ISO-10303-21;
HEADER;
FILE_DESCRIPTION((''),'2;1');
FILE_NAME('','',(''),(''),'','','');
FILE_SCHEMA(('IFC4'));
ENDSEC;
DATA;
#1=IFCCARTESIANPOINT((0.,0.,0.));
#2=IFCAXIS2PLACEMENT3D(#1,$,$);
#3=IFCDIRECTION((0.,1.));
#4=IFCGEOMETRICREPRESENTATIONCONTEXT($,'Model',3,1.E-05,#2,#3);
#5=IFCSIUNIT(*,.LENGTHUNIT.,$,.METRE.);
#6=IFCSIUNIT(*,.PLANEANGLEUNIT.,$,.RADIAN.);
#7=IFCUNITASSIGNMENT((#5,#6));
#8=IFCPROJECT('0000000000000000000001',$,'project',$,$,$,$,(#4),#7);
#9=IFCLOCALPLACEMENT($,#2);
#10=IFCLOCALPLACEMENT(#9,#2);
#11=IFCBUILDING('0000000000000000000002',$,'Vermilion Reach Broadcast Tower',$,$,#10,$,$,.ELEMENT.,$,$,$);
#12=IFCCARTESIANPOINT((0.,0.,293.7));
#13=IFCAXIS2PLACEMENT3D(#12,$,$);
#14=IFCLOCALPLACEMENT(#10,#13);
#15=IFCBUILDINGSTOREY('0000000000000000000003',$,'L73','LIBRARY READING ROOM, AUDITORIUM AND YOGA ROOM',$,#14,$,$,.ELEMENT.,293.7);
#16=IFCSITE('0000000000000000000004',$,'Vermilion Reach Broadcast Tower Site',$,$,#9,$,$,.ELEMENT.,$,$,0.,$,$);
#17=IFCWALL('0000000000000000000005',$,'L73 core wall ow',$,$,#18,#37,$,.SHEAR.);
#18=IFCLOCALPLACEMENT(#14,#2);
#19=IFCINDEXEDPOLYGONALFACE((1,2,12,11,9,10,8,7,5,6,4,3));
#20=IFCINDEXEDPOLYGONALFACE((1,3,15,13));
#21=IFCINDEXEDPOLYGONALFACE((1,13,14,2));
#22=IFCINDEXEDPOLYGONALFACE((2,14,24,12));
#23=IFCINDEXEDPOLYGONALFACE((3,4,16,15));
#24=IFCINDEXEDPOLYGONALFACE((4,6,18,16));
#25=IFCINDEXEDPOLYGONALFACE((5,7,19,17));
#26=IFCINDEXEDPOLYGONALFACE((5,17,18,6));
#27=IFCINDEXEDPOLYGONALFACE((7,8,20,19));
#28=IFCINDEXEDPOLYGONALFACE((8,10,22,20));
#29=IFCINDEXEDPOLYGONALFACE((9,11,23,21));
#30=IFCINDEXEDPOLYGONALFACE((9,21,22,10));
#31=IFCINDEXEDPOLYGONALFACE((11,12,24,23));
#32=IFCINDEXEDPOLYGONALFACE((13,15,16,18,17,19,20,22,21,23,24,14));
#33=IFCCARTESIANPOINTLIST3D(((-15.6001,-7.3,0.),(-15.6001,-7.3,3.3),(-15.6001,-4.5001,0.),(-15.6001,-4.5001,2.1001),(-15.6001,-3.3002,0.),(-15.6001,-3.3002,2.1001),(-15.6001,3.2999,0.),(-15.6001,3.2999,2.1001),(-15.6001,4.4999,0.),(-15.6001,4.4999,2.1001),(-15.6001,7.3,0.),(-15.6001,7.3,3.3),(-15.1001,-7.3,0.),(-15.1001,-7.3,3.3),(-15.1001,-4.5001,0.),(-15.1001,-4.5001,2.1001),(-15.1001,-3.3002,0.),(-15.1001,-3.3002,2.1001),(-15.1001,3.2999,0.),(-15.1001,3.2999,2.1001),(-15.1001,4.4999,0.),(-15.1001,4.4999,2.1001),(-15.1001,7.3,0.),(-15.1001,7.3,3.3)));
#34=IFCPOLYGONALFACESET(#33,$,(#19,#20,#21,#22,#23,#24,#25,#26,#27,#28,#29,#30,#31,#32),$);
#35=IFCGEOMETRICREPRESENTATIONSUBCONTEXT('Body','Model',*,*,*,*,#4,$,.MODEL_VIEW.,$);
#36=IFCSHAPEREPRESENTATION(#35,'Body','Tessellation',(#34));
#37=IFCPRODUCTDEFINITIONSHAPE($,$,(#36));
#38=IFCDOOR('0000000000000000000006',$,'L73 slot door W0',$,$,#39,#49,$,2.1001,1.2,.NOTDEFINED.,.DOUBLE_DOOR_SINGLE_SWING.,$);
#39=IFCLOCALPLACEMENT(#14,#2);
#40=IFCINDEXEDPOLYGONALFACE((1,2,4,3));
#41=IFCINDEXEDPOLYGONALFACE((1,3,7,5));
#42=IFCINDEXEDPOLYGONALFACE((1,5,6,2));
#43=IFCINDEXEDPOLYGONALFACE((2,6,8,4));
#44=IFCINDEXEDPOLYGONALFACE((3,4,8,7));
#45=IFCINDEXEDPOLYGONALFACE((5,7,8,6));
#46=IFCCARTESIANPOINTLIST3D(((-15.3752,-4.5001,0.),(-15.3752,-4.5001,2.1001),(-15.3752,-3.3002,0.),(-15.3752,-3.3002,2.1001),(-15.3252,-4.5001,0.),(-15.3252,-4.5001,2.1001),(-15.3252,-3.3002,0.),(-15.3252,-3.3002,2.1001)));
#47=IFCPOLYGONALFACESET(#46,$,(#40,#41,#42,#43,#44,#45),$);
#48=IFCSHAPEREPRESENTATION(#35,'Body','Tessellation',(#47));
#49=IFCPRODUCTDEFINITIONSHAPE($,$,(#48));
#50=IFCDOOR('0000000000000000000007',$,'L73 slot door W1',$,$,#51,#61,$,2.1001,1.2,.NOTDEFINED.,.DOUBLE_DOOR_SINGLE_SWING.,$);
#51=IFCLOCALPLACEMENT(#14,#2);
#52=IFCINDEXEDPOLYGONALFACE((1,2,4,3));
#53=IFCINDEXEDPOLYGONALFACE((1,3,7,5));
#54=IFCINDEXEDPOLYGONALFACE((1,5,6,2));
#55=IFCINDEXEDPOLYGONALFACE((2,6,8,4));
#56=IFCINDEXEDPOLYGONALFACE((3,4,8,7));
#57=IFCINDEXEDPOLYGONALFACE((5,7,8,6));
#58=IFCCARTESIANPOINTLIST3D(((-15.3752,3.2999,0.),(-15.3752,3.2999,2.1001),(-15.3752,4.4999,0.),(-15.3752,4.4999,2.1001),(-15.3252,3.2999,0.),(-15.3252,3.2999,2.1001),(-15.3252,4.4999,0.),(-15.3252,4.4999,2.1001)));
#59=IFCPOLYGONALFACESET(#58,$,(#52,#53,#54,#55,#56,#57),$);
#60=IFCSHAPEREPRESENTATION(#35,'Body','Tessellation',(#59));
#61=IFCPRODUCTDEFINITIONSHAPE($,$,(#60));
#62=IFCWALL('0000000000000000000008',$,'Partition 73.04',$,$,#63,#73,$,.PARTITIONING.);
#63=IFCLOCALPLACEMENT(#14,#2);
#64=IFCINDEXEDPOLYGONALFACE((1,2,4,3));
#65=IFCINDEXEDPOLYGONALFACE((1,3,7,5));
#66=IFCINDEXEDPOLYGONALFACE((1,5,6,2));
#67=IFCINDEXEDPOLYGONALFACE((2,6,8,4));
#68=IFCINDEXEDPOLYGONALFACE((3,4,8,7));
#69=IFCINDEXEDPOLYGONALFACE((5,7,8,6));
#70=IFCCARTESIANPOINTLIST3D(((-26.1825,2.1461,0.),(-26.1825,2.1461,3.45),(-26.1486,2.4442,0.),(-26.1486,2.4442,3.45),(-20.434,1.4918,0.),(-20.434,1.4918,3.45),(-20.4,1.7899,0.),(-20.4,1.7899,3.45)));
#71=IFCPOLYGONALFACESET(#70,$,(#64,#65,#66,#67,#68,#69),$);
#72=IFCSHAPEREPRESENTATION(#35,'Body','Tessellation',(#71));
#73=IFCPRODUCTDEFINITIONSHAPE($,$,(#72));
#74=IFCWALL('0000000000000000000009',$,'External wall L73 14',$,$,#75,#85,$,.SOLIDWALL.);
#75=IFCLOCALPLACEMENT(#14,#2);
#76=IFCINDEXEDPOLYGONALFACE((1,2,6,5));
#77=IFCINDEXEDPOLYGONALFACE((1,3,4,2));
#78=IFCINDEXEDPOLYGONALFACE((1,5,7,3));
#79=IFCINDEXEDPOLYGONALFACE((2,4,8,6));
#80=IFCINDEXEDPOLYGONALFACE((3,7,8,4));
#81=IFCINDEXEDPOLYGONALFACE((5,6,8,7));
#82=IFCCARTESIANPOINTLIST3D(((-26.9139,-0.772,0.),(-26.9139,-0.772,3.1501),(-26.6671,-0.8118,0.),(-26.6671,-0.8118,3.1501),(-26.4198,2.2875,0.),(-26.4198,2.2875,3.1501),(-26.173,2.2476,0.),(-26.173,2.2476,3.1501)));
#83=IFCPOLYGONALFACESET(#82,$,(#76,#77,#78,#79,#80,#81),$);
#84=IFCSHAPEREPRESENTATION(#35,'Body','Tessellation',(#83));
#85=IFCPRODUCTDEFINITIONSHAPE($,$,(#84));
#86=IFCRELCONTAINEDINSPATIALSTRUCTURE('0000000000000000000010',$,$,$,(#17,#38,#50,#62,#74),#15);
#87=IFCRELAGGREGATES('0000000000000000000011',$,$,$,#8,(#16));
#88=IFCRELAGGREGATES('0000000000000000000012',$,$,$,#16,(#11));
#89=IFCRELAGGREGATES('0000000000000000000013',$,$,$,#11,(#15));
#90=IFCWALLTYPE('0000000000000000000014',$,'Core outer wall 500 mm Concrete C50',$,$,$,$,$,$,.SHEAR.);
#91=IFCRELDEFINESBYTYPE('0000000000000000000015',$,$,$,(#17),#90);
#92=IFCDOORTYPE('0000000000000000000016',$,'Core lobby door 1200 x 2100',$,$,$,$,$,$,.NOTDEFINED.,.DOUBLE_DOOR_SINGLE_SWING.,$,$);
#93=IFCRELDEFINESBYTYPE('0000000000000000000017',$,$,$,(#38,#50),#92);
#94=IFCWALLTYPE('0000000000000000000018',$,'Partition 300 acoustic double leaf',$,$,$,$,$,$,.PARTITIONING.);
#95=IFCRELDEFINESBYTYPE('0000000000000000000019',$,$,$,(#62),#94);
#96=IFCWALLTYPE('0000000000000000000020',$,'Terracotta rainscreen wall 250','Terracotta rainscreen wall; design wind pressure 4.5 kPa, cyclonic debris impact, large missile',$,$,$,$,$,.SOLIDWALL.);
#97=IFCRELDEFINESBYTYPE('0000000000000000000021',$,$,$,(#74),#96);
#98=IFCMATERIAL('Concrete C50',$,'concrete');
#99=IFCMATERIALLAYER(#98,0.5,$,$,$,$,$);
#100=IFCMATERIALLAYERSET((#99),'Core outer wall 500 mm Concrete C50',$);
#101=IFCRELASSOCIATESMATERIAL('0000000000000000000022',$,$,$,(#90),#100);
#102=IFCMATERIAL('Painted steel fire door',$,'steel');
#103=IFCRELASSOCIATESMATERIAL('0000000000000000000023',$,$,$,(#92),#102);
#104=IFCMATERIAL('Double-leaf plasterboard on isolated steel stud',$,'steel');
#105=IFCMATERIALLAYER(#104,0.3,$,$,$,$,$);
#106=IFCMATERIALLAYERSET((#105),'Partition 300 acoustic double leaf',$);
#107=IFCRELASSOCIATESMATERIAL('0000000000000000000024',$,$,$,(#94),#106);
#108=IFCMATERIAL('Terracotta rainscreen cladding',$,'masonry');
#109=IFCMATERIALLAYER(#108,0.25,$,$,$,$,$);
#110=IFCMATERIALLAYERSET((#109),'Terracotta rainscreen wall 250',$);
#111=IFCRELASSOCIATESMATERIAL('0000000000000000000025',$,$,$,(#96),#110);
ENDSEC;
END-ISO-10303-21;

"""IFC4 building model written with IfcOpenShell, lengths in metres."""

from ifc_helpers import new_model, si_unit, direction, frame, frame_2d, origin, place, context, subcontext, project, spatial, rectangle, extrude, material, layer, layer_set, type_object, element, fill, save


model = new_model("IFC4")

# Units and contexts
model_context = context("Model", 3, precision=1e-05, world=origin(), true_north=direction((0.0, 1.0)))
body_context = subcontext(model_context, "Body", "Model", "MODEL_VIEW")
ifc_project = project(units=[si_unit("LENGTHUNIT", "METRE"), si_unit("PLANEANGLEUNIT", "RADIAN")], contexts=[model_context])

# Site, building, storey
site_placement = place(None, origin())
site = spatial("IfcSite", under=ifc_project, at=site_placement, Name="Vermilion Reach Broadcast Tower Site", CompositionType="ELEMENT", RefElevation=0.0)
building_placement = place(site_placement, origin())
building = spatial("IfcBuilding", under=site, at=building_placement, Name="Vermilion Reach Broadcast Tower", CompositionType="ELEMENT")
storey_placement = place(building_placement, frame((0.0, 0.0, 293.7)))
storey = spatial("IfcBuildingStorey", under=building, at=storey_placement, Name="L73", Description="LIBRARY READING ROOM, AUDITORIUM AND YOGA ROOM", CompositionType="ELEMENT", Elevation=293.7)

# Wall, openings, doors
ifc_material_1 = material(Name="Concrete C50", Category="concrete")
ifc_layer_1 = layer(ifc_material_1, 0.5)
ifc_layer_set_1 = layer_set([ifc_layer_1], Name="Core outer wall 500 mm Concrete C50")
wall_type_1 = type_object("IfcWallType", Name="Core outer wall 500 mm Concrete C50", PredefinedType="SHEAR", material=ifc_layer_set_1)
wall_1_placement = place(storey_placement, frame((-15.3501, 7.3, 0.0), z_axis=(0.0, 0.0, 1.0), x_axis=(0.0, -1.0, 0.0)))
wall_1 = element("IfcWall", 1, at=wall_1_placement, inside=storey, type_object=wall_type_1, Name="L73 core wall ow", PredefinedType="SHEAR", context=body_context, shape_type="SweptSolid", body=[
    extrude(rectangle(XDim=14.6001, YDim=0.5, at=frame_2d((7.3, 0.0))), origin(), (0.0, 0.0, 1.0), 3.3),
])
opening_1_placement = place(wall_1_placement, frame((10.6001, 0.0, 0.0)))
opening_1 = element("IfcOpeningElement", 2, at=opening_1_placement, cuts=wall_1, PredefinedType="OPENING", context=body_context, shape_type="SweptSolid", body=[
    extrude(rectangle(XDim=1.2, YDim=2.1001, at=frame_2d((0.6001, 1.05))), frame((0.0, 0.26, 0.0), z_axis=(0.0, -1.0, 0.0), x_axis=(1.0, 0.0, 0.0)), (0.0, 0.0, 1.0), 0.52),
])
opening_2_placement = place(wall_1_placement, frame((2.8, 0.0, 0.0)))
opening_2 = element("IfcOpeningElement", 3, at=opening_2_placement, cuts=wall_1, PredefinedType="OPENING", context=body_context, shape_type="SweptSolid", body=[
    extrude(rectangle(XDim=1.2, YDim=2.1001, at=frame_2d((0.6001, 1.05))), frame((0.0, 0.26, 0.0), z_axis=(0.0, -1.0, 0.0), x_axis=(1.0, 0.0, 0.0)), (0.0, 0.0, 1.0), 0.52),
])
ifc_material_2 = material(Name="Painted steel fire door", Category="steel")
door_type = type_object("IfcDoorType", Name="Core lobby door 1200 x 2100", OperationType="DOUBLE_DOOR_SINGLE_SWING", PredefinedType="NOTDEFINED", material=ifc_material_2)
door_1_placement = place(opening_1_placement, origin())
door_1 = element("IfcDoor", 4, at=door_1_placement, inside=storey, type_object=door_type, Name="L73 slot door W0", OperationType="DOUBLE_DOOR_SINGLE_SWING", OverallHeight=2.1001, OverallWidth=1.2, PredefinedType="NOTDEFINED", context=body_context, shape_type="SweptSolid", body=[
    extrude(rectangle(XDim=1.2, YDim=2.1001, at=frame_2d((0.6001, 1.05))), frame((0.0, 0.0249, 0.0), z_axis=(0.0, -1.0, 0.0), x_axis=(1.0, 0.0, 0.0)), (0.0, 0.0, 1.0), 0.05),
])
fill(opening_1, door_1)
door_2_placement = place(opening_2_placement, origin())
door_2 = element("IfcDoor", 5, at=door_2_placement, inside=storey, type_object=door_type, Name="L73 slot door W1", OperationType="DOUBLE_DOOR_SINGLE_SWING", OverallHeight=2.1001, OverallWidth=1.2, PredefinedType="NOTDEFINED", context=body_context, shape_type="SweptSolid", body=[
    extrude(rectangle(XDim=1.2, YDim=2.1001, at=frame_2d((0.6001, 1.05))), frame((0.0, 0.0249, 0.0), z_axis=(0.0, -1.0, 0.0), x_axis=(1.0, 0.0, 0.0)), (0.0, 0.0, 1.0), 0.05),
])
fill(opening_2, door_2)

# Walls
ifc_material_3 = material(Name="Double-leaf plasterboard on isolated steel stud", Category="steel")
ifc_layer_2 = layer(ifc_material_3, 0.3)
ifc_layer_set_2 = layer_set([ifc_layer_2], Name="Partition 300 acoustic double leaf")
wall_type_2 = type_object("IfcWallType", Name="Partition 300 acoustic double leaf", PredefinedType="PARTITIONING", material=ifc_layer_set_2)
wall_2_placement = place(storey_placement, frame((-26.1655, 2.2952, 0.0), z_axis=(0.0, 0.0, 1.0), x_axis=(0.993585, -0.11309, 0.0)))
element("IfcWall", 6, at=wall_2_placement, inside=storey, type_object=wall_type_2, Name="Partition 73.04", PredefinedType="PARTITIONING", context=body_context, shape_type="SweptSolid", body=[
    extrude(rectangle(XDim=5.7856, YDim=0.3, at=frame_2d((2.8928, 0.0))), origin(), (0.0, 0.0, 1.0), 3.45),
])
ifc_material_4 = material(Name="Terracotta rainscreen cladding", Category="masonry")
ifc_layer_3 = layer(ifc_material_4, 0.25)
ifc_layer_set_3 = layer_set([ifc_layer_3], Name="Terracotta rainscreen wall 250")
wall_type_3 = type_object("IfcWallType", Name="Terracotta rainscreen wall 250", Description="Terracotta rainscreen wall; design wind pressure 4.5 kPa, cyclonic debris impact, large missile", PredefinedType="SOLIDWALL", material=ifc_layer_set_3)
wall_3_placement = place(storey_placement, frame((-26.2964, 2.2676, 0.0), z_axis=(0.0, 0.0, 1.0), x_axis=(-0.15944, -0.987208, 0.0)))
element("IfcWall", 7, at=wall_3_placement, inside=storey, type_object=wall_type_3, Name="External wall L73 14", PredefinedType="SOLIDWALL", context=body_context, shape_type="SweptSolid", body=[
    extrude(rectangle(XDim=3.0991, YDim=0.25, at=frame_2d((1.5496, 0.0))), origin(), (0.0, 0.0, 1.0), 3.1501),
])

save(model, "model.ifc")
